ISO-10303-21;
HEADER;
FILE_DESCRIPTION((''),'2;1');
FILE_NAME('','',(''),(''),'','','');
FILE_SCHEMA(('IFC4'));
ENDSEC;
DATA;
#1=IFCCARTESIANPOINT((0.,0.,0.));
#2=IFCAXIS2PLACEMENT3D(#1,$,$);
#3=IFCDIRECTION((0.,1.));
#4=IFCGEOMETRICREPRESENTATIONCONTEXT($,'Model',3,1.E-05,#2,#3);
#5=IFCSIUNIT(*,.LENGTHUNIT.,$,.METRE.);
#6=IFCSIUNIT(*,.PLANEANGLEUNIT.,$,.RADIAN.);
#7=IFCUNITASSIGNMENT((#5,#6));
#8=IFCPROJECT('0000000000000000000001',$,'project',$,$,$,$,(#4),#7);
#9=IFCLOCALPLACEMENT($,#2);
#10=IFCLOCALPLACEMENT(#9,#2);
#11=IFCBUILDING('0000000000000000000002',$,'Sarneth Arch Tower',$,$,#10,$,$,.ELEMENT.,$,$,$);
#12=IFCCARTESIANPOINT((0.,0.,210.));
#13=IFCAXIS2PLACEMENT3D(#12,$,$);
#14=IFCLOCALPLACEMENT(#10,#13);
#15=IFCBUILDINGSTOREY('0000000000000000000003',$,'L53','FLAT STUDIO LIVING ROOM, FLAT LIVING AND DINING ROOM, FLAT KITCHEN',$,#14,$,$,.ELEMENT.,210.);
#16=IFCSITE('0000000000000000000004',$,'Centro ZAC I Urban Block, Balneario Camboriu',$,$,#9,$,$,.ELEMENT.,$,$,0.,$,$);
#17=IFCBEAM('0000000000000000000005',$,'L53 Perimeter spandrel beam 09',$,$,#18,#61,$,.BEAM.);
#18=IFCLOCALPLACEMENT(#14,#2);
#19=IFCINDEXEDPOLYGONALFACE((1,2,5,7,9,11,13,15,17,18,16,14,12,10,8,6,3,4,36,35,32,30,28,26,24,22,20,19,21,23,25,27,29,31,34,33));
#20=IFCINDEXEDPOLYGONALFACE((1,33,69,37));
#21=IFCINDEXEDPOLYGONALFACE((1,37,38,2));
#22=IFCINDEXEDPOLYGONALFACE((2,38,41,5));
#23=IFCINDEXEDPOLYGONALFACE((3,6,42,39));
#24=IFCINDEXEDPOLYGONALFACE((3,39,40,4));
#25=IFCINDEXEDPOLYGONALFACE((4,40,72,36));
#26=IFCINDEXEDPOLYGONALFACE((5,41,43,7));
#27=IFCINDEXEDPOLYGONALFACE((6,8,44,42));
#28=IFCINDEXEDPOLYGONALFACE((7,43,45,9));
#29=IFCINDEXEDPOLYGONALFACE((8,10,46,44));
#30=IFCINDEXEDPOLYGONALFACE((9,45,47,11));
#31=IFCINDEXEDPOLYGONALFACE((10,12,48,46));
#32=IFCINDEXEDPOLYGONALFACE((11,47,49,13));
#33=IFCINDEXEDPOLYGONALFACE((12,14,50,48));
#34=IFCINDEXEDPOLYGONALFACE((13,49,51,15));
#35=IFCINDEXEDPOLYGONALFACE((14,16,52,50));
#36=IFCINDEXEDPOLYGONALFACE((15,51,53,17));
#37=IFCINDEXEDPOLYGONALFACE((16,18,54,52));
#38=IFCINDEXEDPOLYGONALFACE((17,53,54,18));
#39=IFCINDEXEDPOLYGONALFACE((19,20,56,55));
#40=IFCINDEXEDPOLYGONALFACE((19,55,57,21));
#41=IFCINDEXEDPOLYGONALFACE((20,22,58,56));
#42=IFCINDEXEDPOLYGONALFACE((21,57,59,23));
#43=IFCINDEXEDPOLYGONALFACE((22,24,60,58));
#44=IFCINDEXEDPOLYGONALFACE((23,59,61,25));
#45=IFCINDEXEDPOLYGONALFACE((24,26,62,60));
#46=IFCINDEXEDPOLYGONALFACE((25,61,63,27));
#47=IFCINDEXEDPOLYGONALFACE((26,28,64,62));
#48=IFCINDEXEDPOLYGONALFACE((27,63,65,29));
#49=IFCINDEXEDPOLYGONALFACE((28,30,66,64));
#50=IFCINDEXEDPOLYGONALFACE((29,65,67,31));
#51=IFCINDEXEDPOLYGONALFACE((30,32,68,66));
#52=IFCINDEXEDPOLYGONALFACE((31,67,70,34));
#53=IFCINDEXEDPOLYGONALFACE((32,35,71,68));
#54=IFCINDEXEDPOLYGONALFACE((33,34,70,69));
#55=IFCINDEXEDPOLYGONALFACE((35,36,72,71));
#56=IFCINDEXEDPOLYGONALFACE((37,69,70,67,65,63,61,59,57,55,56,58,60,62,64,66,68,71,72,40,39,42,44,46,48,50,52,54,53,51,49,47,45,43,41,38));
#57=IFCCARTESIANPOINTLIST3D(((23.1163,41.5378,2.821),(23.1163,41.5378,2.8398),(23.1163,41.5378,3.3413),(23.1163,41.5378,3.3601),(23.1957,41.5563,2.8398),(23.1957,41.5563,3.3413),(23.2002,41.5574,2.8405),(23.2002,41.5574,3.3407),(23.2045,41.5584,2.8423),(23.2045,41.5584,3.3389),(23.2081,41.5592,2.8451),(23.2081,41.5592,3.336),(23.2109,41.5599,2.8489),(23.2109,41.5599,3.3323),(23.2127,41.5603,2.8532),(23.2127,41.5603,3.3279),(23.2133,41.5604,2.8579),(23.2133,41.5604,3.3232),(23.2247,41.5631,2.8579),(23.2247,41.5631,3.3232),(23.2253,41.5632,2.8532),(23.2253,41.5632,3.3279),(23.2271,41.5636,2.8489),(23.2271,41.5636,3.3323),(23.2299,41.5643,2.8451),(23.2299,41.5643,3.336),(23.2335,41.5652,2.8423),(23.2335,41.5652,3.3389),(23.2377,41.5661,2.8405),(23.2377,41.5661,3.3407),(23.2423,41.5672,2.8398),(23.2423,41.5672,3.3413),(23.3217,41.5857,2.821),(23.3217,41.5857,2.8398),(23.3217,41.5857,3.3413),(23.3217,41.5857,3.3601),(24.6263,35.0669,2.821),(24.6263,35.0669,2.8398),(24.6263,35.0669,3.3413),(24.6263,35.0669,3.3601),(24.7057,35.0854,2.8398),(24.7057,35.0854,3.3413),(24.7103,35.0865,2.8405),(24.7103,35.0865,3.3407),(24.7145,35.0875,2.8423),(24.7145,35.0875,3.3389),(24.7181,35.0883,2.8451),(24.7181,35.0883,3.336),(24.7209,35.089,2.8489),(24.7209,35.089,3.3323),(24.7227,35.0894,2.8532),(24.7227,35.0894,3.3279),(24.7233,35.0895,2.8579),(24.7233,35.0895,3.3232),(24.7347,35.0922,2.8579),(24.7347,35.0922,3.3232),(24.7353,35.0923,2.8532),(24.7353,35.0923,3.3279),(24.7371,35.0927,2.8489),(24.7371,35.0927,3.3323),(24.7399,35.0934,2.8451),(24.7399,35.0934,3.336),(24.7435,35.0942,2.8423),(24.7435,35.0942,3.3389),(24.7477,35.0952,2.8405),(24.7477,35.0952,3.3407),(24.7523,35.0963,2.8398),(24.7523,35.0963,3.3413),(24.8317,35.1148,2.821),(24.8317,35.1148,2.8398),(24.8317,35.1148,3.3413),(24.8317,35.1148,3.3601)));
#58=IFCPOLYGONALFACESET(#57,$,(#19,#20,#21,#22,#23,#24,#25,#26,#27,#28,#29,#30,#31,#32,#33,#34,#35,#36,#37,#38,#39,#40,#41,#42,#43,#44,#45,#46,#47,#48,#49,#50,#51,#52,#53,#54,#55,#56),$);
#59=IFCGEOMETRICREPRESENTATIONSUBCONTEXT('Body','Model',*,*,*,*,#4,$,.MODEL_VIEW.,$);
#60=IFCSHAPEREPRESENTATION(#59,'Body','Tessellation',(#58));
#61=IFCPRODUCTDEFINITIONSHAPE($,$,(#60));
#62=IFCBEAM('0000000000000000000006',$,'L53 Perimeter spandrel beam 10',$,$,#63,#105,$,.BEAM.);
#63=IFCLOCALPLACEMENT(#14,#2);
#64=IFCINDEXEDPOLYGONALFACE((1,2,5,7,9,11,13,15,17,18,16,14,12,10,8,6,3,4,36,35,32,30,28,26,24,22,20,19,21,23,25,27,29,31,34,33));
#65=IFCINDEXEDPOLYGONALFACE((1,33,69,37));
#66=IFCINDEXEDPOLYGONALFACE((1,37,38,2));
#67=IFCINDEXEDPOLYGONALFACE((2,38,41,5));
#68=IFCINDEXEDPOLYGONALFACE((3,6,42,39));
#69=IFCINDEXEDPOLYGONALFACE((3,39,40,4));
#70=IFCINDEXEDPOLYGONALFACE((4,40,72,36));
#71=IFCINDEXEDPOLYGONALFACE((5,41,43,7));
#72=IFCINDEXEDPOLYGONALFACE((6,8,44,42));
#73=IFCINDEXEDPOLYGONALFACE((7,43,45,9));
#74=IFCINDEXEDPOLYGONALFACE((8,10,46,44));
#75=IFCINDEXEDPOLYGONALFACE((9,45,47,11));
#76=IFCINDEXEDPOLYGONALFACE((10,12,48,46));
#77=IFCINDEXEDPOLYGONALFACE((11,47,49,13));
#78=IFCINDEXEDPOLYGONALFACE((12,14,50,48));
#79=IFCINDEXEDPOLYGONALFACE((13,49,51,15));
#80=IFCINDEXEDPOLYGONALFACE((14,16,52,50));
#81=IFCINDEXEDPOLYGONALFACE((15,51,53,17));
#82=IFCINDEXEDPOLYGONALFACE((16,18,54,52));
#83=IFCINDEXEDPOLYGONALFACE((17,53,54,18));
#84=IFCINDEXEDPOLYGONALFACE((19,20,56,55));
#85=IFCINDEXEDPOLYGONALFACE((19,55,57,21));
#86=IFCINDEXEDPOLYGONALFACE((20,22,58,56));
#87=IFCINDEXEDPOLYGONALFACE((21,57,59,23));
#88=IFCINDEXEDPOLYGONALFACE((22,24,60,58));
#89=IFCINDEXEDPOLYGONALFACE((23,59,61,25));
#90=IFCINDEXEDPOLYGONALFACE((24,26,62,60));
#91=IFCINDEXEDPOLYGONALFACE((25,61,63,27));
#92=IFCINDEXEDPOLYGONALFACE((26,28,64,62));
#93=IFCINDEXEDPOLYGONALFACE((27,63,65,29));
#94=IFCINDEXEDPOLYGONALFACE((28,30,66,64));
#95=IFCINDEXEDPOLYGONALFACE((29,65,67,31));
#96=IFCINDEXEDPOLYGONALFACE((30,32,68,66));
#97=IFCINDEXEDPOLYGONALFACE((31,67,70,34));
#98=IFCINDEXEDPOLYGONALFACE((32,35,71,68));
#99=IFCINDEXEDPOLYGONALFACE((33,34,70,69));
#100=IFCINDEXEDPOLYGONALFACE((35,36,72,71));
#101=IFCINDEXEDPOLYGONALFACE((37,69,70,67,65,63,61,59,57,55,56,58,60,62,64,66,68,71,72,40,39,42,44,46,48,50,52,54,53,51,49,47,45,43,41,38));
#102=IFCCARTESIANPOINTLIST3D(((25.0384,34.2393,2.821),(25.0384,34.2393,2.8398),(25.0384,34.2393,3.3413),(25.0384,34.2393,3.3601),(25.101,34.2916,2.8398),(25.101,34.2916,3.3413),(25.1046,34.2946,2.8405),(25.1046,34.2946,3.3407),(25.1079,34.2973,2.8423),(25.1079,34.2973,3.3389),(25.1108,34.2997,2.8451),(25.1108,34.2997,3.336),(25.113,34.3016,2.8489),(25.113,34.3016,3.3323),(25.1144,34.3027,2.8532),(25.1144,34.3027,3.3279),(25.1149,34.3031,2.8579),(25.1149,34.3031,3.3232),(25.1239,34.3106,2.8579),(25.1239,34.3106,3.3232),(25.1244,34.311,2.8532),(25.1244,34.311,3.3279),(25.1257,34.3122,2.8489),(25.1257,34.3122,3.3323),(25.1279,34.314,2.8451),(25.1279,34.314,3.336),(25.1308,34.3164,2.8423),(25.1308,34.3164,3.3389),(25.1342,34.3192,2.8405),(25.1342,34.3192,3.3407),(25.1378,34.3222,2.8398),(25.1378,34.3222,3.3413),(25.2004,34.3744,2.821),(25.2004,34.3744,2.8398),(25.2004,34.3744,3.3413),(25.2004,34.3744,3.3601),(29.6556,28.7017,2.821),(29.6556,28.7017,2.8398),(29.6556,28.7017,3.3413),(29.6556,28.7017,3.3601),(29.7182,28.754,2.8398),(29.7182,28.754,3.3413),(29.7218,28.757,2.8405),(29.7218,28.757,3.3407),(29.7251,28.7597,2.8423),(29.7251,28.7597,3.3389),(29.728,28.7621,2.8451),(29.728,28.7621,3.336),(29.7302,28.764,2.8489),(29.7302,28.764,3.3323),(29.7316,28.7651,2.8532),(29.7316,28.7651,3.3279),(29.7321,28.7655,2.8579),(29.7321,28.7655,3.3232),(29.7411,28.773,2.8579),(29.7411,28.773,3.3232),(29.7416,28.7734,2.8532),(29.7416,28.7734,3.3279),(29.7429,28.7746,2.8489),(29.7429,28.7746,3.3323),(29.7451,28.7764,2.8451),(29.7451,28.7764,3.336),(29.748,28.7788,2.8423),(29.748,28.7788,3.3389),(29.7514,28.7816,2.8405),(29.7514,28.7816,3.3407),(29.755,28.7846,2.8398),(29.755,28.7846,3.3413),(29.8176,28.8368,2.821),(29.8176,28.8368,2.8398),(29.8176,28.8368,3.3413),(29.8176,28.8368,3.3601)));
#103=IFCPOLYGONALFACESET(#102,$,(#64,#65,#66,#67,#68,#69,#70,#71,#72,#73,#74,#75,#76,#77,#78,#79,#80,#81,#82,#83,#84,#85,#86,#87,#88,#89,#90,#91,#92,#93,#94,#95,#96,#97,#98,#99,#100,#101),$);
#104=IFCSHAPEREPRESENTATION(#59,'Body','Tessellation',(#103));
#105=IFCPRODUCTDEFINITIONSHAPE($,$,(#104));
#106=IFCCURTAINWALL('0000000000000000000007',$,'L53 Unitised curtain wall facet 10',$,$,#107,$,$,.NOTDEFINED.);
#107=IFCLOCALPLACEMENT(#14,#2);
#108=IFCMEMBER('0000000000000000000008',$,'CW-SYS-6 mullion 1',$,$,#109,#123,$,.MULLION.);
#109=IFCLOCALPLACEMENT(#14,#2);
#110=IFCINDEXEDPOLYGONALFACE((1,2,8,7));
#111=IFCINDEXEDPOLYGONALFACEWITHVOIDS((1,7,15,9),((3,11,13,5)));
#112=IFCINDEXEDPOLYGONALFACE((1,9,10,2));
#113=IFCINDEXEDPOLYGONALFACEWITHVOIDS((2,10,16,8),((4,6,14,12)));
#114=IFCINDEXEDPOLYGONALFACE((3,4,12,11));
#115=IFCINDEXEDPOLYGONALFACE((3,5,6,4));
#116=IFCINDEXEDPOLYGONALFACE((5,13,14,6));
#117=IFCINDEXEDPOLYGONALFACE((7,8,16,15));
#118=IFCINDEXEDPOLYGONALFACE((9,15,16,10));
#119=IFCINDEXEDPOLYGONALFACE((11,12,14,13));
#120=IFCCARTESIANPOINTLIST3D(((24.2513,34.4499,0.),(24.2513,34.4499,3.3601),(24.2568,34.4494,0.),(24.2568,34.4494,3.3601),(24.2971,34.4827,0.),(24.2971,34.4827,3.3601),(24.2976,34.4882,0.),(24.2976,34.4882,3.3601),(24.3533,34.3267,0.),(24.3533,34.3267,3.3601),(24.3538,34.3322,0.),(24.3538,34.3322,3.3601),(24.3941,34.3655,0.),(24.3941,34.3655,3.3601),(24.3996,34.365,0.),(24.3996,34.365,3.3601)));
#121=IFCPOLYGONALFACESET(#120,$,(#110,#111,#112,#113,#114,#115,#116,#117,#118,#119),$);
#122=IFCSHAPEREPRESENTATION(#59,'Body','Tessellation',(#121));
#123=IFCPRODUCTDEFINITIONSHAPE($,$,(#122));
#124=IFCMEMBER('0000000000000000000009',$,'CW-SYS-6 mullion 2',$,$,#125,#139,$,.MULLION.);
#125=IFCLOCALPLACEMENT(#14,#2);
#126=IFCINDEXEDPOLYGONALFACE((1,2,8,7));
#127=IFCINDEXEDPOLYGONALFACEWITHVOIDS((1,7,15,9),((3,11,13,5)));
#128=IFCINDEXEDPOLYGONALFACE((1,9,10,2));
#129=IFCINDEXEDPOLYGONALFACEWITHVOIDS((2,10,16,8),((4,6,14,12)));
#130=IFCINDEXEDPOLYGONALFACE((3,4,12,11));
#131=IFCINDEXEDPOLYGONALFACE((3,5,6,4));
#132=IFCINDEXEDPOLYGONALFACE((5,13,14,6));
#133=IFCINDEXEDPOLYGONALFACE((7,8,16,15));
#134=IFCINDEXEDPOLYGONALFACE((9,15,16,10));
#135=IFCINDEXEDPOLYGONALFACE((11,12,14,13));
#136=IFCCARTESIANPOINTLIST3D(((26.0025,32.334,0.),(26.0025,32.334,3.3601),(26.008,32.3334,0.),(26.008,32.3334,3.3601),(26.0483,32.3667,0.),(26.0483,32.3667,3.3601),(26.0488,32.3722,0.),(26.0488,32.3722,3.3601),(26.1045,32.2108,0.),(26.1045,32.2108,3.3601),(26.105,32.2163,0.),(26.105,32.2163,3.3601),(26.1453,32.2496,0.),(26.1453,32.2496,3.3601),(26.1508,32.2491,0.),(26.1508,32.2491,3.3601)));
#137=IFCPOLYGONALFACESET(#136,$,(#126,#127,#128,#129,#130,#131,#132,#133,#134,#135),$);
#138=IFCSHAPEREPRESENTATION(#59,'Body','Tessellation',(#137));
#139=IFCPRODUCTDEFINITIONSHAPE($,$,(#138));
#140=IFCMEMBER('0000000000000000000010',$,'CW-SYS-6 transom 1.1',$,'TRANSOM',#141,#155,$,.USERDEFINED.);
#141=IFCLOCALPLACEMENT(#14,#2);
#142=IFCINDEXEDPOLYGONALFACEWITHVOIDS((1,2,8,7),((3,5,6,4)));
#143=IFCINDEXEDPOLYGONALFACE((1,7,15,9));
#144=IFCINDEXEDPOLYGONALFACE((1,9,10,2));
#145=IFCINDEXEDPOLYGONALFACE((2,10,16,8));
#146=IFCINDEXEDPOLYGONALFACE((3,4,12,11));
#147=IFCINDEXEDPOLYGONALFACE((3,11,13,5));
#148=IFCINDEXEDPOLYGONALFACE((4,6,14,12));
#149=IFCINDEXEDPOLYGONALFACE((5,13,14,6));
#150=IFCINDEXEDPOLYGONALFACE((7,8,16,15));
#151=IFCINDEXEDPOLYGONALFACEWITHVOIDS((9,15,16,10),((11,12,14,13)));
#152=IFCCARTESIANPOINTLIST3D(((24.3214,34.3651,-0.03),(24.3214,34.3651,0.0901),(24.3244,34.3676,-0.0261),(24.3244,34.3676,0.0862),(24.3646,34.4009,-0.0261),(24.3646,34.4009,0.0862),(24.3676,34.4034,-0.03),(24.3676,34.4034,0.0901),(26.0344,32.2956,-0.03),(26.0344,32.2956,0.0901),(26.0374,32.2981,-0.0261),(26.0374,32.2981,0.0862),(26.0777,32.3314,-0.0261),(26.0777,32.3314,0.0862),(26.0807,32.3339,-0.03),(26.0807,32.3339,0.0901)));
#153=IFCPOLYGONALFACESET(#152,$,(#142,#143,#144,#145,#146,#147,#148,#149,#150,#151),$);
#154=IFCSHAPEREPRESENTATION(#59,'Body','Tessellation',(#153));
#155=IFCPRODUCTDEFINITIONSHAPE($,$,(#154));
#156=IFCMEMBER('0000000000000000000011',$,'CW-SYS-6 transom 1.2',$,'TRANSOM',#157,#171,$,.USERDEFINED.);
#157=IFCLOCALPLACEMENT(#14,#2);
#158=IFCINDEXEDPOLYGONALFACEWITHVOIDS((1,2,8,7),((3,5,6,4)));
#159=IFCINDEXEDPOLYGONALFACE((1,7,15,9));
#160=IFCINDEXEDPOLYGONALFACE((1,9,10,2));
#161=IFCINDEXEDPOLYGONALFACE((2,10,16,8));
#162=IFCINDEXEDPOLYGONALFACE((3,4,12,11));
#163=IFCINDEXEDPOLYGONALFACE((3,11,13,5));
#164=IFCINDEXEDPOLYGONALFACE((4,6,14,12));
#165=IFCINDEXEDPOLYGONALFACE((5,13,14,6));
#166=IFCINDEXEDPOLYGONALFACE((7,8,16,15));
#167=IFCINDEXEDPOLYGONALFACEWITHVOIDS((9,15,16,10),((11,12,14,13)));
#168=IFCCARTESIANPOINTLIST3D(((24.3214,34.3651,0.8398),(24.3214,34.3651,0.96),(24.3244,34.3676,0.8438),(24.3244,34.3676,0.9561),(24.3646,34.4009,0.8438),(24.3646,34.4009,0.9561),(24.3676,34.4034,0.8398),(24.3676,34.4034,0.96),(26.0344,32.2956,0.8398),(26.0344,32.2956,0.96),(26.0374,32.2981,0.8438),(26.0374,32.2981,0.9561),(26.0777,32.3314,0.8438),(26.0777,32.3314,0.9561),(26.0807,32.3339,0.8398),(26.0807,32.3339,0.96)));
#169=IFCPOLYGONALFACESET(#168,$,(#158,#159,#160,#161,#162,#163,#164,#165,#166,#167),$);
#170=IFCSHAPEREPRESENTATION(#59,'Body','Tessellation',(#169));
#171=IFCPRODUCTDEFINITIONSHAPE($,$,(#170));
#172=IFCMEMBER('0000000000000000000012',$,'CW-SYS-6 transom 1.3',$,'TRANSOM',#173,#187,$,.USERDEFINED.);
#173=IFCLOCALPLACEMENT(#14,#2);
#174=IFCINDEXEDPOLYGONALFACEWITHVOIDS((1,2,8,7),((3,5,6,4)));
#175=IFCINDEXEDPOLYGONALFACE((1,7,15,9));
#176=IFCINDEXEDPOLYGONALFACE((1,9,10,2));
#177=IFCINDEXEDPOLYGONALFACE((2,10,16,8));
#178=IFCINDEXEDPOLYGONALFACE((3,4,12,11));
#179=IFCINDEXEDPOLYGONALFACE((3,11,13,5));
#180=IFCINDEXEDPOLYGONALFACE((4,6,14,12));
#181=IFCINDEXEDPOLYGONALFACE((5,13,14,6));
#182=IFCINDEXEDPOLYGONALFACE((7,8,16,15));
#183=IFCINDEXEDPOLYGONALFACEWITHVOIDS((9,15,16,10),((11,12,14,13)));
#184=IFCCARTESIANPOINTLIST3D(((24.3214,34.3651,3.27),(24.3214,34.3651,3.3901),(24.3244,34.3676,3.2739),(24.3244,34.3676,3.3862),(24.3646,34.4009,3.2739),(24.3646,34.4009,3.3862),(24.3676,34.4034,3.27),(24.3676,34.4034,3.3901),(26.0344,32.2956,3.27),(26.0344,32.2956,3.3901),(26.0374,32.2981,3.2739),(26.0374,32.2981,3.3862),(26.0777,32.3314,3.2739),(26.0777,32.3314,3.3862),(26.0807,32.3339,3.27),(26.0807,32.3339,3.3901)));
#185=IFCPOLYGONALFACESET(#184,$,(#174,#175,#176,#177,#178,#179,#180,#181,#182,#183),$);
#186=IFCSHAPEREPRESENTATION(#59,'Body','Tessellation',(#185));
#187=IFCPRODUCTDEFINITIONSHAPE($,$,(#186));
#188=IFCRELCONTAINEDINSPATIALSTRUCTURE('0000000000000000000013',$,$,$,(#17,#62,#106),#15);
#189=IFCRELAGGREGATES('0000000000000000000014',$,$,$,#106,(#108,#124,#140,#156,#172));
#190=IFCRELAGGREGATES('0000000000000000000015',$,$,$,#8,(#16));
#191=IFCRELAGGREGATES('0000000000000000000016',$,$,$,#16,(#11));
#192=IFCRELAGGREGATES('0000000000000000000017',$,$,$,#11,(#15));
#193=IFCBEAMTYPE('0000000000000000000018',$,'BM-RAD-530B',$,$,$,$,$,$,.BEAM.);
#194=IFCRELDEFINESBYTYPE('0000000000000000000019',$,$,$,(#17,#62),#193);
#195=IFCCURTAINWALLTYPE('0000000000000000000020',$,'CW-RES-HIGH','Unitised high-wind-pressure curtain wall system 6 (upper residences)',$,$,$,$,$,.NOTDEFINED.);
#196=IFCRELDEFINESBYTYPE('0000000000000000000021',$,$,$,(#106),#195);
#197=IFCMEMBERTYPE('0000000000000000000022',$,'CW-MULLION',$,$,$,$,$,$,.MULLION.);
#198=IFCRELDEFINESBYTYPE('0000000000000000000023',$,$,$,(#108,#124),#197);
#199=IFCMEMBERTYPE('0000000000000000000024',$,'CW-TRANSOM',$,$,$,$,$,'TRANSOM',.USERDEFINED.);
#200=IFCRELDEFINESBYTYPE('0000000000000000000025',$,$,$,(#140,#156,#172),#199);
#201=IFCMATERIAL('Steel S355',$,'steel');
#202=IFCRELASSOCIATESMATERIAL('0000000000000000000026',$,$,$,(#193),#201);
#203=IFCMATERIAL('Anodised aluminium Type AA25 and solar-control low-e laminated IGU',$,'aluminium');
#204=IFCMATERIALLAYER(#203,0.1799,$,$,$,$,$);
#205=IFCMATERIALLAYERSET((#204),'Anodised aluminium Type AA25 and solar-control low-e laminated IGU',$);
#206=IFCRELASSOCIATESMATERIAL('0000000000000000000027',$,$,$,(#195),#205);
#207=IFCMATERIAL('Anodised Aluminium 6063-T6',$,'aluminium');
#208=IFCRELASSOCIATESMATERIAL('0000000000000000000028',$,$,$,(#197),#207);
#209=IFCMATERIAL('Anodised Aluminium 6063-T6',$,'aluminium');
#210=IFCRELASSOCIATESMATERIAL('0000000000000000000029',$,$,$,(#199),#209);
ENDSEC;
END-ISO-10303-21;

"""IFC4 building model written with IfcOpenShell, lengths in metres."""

from ifc_helpers import new_model, si_unit, direction, frame, origin, origin_2d, place, context, subcontext, project, spatial, hollow_rectangle, i_section, extrude, material, layer, layer_set, material_profile, profile_set, type_object, element, aggregate, save


model = new_model("IFC4")

# Units and contexts
model_context = context("Model", 3, precision=1e-05, world=origin(), true_north=direction((0.0, 1.0)))
body_context = subcontext(model_context, "Body", "Model", "MODEL_VIEW")
ifc_project = project(units=[si_unit("LENGTHUNIT", "METRE"), si_unit("PLANEANGLEUNIT", "RADIAN")], contexts=[model_context])

# Site, building, storey
site_placement = place(None, origin())
site = spatial("IfcSite", under=ifc_project, at=site_placement, Name="Centro ZAC I Urban Block, Balneario Camboriu", CompositionType="ELEMENT", RefElevation=0.0)
building_placement = place(site_placement, origin())
building = spatial("IfcBuilding", under=site, at=building_placement, Name="Sarneth Arch Tower", CompositionType="ELEMENT")
storey_placement = place(building_placement, frame((0.0, 0.0, 210.0)))
storey = spatial("IfcBuildingStorey", under=building, at=storey_placement, Name="L53", Description="FLAT STUDIO LIVING ROOM, FLAT LIVING AND DINING ROOM, FLAT KITCHEN", CompositionType="ELEMENT", Elevation=210.0)

# Beams
ifc_material_1 = material(Name="Steel S355", Category="steel")
ifc_material_profile_1 = material_profile(ifc_material_1, i_section(OverallWidth=0.2109, OverallDepth=0.5391, WebThickness=0.0117, FlangeThickness=0.0188, FilletRadius=0.0181, at=origin_2d()), Name="W530x109")
ifc_profile_set_1 = profile_set([ifc_material_profile_1], Name="Steel S355")
beam_type = type_object("IfcBeamType", Name="BM-RAD-530B", PredefinedType="BEAM", material=ifc_profile_set_1)
beam_1_placement = place(storey_placement, frame((23.219, 41.5618, 3.0906), z_axis=(0.227247, -0.973837, 0.0), x_axis=(0.973837, 0.227247, 0.0)))
element("IfcBeam", 1, at=beam_1_placement, inside=storey, type_object=beam_type, Name="L53 Perimeter spandrel beam 09", PredefinedType="BEAM", context=body_context, shape_type="SweptSolid", body=[
    extrude(i_section(OverallWidth=0.2109, OverallDepth=0.5391, WebThickness=0.0117, FlangeThickness=0.0188, FilletRadius=0.0181, at=origin_2d()), origin(), (0.0, 0.0, 1.0), 6.6448),
])
beam_2_placement = place(storey_placement, frame((25.1194, 34.3069, 3.0906), z_axis=(0.640391, -0.768049, 0.0), x_axis=(0.768049, 0.640391, 0.0)))
element("IfcBeam", 2, at=beam_2_placement, inside=storey, type_object=beam_type, Name="L53 Perimeter spandrel beam 10", PredefinedType="BEAM", context=body_context, shape_type="SweptSolid", body=[
    extrude(i_section(OverallWidth=0.2109, OverallDepth=0.5391, WebThickness=0.0117, FlangeThickness=0.0188, FilletRadius=0.0181, at=origin_2d()), origin(), (0.0, 0.0, 1.0), 7.21),
])

# Curtain wall, members
ifc_material_2 = material(Name="Anodised aluminium Type AA25 and solar-control low-e laminated IGU", Category="aluminium")
ifc_layer_1 = layer(ifc_material_2, 0.1799)
ifc_layer_set_1 = layer_set([ifc_layer_1], Name="Anodised aluminium Type AA25 and solar-control low-e laminated IGU")
curtain_wall_type = type_object("IfcCurtainWallType", Name="CW-RES-HIGH", Description="Unitised high-wind-pressure curtain wall system 6 (upper residences)", PredefinedType="NOTDEFINED", material=ifc_layer_set_1)
curtain_wall_placement = place(storey_placement, origin())
curtain_wall = element("IfcCurtainWall", 3, at=curtain_wall_placement, inside=storey, type_object=curtain_wall_type, Name="L53 Unitised curtain wall facet 10", PredefinedType="NOTDEFINED")
ifc_material_3 = material(Name="Anodised Aluminium 6063-T6", Category="aluminium")
ifc_material_profile_2 = material_profile(ifc_material_3, hollow_rectangle(XDim=0.0601, YDim=0.1599, WallThickness=0.0039, at=origin_2d()), Name="AL-MULL-160x60x4")
ifc_profile_set_2 = profile_set([ifc_material_profile_2], Name="Anodised Aluminium 6063-T6")
member_type_1 = type_object("IfcMemberType", Name="CW-MULLION", PredefinedType="MULLION", material=ifc_profile_set_2)
member_1_placement = place(storey_placement, frame((24.3254, 34.4075, 0.0), z_axis=(0.0, 0.0, 1.0), x_axis=(0.770359, 0.63761, 0.0)))
member_1 = element("IfcMember", 4, at=member_1_placement, type_object=member_type_1, Name="CW-SYS-6 mullion 1", PredefinedType="MULLION", context=body_context, shape_type="SweptSolid", body=[
    extrude(hollow_rectangle(XDim=0.0601, YDim=0.1599, WallThickness=0.0039, at=origin_2d()), origin(), (0.0, 0.0, 1.0), 3.3601),
])
member_2_placement = place(storey_placement, frame((26.0767, 32.2915, 0.0), z_axis=(0.0, 0.0, 1.0), x_axis=(0.770359, 0.63761, 0.0)))
member_2 = element("IfcMember", 5, at=member_2_placement, type_object=member_type_1, Name="CW-SYS-6 mullion 2", PredefinedType="MULLION", context=body_context, shape_type="SweptSolid", body=[
    extrude(hollow_rectangle(XDim=0.0601, YDim=0.1599, WallThickness=0.0039, at=origin_2d()), origin(), (0.0, 0.0, 1.0), 3.3601),
])
ifc_material_4 = material(Name="Anodised Aluminium 6063-T6", Category="aluminium")
ifc_material_profile_3 = material_profile(ifc_material_4, hollow_rectangle(XDim=0.0601, YDim=0.1201, WallThickness=0.0039, at=origin_2d()), Name="AL-TRAN-120x60x4")
ifc_profile_set_3 = profile_set([ifc_material_profile_3], Name="Anodised Aluminium 6063-T6")
member_type_2 = type_object("IfcMemberType", Name="CW-TRANSOM", ElementType="TRANSOM", PredefinedType="USERDEFINED", material=ifc_profile_set_3)
member_3_placement = place(storey_placement, frame((24.3445, 34.3843, 0.03), z_axis=(0.637651, -0.770325, 0.0), x_axis=(0.770325, 0.637651, 0.0)))
member_3 = element("IfcMember", 6, at=member_3_placement, type_object=member_type_2, Name="CW-SYS-6 transom 1.1", ObjectType="TRANSOM", PredefinedType="USERDEFINED", context=body_context, shape_type="SweptSolid", body=[
    extrude(hollow_rectangle(XDim=0.0601, YDim=0.1201, WallThickness=0.0039, at=origin_2d()), origin(), (0.0, 0.0, 1.0), 2.6865),
])
member_4_placement = place(storey_placement, frame((24.3445, 34.3843, 0.8999), z_axis=(0.637651, -0.770325, 0.0), x_axis=(0.770325, 0.637651, 0.0)))
member_4 = element("IfcMember", 7, at=member_4_placement, type_object=member_type_2, Name="CW-SYS-6 transom 1.2", ObjectType="TRANSOM", PredefinedType="USERDEFINED", context=body_context, shape_type="SweptSolid", body=[
    extrude(hollow_rectangle(XDim=0.0601, YDim=0.1201, WallThickness=0.0039, at=origin_2d()), origin(), (0.0, 0.0, 1.0), 2.6865),
])
member_5_placement = place(storey_placement, frame((24.3445, 34.3843, 3.3301), z_axis=(0.637651, -0.770325, 0.0), x_axis=(0.770325, 0.637651, 0.0)))
member_5 = element("IfcMember", 8, at=member_5_placement, type_object=member_type_2, Name="CW-SYS-6 transom 1.3", ObjectType="TRANSOM", PredefinedType="USERDEFINED", context=body_context, shape_type="SweptSolid", body=[
    extrude(hollow_rectangle(XDim=0.0601, YDim=0.1201, WallThickness=0.0039, at=origin_2d()), origin(), (0.0, 0.0, 1.0), 2.6865),
])

aggregate(curtain_wall, [member_1, member_2, member_3, member_4, member_5])

save(model, "model.ifc")
